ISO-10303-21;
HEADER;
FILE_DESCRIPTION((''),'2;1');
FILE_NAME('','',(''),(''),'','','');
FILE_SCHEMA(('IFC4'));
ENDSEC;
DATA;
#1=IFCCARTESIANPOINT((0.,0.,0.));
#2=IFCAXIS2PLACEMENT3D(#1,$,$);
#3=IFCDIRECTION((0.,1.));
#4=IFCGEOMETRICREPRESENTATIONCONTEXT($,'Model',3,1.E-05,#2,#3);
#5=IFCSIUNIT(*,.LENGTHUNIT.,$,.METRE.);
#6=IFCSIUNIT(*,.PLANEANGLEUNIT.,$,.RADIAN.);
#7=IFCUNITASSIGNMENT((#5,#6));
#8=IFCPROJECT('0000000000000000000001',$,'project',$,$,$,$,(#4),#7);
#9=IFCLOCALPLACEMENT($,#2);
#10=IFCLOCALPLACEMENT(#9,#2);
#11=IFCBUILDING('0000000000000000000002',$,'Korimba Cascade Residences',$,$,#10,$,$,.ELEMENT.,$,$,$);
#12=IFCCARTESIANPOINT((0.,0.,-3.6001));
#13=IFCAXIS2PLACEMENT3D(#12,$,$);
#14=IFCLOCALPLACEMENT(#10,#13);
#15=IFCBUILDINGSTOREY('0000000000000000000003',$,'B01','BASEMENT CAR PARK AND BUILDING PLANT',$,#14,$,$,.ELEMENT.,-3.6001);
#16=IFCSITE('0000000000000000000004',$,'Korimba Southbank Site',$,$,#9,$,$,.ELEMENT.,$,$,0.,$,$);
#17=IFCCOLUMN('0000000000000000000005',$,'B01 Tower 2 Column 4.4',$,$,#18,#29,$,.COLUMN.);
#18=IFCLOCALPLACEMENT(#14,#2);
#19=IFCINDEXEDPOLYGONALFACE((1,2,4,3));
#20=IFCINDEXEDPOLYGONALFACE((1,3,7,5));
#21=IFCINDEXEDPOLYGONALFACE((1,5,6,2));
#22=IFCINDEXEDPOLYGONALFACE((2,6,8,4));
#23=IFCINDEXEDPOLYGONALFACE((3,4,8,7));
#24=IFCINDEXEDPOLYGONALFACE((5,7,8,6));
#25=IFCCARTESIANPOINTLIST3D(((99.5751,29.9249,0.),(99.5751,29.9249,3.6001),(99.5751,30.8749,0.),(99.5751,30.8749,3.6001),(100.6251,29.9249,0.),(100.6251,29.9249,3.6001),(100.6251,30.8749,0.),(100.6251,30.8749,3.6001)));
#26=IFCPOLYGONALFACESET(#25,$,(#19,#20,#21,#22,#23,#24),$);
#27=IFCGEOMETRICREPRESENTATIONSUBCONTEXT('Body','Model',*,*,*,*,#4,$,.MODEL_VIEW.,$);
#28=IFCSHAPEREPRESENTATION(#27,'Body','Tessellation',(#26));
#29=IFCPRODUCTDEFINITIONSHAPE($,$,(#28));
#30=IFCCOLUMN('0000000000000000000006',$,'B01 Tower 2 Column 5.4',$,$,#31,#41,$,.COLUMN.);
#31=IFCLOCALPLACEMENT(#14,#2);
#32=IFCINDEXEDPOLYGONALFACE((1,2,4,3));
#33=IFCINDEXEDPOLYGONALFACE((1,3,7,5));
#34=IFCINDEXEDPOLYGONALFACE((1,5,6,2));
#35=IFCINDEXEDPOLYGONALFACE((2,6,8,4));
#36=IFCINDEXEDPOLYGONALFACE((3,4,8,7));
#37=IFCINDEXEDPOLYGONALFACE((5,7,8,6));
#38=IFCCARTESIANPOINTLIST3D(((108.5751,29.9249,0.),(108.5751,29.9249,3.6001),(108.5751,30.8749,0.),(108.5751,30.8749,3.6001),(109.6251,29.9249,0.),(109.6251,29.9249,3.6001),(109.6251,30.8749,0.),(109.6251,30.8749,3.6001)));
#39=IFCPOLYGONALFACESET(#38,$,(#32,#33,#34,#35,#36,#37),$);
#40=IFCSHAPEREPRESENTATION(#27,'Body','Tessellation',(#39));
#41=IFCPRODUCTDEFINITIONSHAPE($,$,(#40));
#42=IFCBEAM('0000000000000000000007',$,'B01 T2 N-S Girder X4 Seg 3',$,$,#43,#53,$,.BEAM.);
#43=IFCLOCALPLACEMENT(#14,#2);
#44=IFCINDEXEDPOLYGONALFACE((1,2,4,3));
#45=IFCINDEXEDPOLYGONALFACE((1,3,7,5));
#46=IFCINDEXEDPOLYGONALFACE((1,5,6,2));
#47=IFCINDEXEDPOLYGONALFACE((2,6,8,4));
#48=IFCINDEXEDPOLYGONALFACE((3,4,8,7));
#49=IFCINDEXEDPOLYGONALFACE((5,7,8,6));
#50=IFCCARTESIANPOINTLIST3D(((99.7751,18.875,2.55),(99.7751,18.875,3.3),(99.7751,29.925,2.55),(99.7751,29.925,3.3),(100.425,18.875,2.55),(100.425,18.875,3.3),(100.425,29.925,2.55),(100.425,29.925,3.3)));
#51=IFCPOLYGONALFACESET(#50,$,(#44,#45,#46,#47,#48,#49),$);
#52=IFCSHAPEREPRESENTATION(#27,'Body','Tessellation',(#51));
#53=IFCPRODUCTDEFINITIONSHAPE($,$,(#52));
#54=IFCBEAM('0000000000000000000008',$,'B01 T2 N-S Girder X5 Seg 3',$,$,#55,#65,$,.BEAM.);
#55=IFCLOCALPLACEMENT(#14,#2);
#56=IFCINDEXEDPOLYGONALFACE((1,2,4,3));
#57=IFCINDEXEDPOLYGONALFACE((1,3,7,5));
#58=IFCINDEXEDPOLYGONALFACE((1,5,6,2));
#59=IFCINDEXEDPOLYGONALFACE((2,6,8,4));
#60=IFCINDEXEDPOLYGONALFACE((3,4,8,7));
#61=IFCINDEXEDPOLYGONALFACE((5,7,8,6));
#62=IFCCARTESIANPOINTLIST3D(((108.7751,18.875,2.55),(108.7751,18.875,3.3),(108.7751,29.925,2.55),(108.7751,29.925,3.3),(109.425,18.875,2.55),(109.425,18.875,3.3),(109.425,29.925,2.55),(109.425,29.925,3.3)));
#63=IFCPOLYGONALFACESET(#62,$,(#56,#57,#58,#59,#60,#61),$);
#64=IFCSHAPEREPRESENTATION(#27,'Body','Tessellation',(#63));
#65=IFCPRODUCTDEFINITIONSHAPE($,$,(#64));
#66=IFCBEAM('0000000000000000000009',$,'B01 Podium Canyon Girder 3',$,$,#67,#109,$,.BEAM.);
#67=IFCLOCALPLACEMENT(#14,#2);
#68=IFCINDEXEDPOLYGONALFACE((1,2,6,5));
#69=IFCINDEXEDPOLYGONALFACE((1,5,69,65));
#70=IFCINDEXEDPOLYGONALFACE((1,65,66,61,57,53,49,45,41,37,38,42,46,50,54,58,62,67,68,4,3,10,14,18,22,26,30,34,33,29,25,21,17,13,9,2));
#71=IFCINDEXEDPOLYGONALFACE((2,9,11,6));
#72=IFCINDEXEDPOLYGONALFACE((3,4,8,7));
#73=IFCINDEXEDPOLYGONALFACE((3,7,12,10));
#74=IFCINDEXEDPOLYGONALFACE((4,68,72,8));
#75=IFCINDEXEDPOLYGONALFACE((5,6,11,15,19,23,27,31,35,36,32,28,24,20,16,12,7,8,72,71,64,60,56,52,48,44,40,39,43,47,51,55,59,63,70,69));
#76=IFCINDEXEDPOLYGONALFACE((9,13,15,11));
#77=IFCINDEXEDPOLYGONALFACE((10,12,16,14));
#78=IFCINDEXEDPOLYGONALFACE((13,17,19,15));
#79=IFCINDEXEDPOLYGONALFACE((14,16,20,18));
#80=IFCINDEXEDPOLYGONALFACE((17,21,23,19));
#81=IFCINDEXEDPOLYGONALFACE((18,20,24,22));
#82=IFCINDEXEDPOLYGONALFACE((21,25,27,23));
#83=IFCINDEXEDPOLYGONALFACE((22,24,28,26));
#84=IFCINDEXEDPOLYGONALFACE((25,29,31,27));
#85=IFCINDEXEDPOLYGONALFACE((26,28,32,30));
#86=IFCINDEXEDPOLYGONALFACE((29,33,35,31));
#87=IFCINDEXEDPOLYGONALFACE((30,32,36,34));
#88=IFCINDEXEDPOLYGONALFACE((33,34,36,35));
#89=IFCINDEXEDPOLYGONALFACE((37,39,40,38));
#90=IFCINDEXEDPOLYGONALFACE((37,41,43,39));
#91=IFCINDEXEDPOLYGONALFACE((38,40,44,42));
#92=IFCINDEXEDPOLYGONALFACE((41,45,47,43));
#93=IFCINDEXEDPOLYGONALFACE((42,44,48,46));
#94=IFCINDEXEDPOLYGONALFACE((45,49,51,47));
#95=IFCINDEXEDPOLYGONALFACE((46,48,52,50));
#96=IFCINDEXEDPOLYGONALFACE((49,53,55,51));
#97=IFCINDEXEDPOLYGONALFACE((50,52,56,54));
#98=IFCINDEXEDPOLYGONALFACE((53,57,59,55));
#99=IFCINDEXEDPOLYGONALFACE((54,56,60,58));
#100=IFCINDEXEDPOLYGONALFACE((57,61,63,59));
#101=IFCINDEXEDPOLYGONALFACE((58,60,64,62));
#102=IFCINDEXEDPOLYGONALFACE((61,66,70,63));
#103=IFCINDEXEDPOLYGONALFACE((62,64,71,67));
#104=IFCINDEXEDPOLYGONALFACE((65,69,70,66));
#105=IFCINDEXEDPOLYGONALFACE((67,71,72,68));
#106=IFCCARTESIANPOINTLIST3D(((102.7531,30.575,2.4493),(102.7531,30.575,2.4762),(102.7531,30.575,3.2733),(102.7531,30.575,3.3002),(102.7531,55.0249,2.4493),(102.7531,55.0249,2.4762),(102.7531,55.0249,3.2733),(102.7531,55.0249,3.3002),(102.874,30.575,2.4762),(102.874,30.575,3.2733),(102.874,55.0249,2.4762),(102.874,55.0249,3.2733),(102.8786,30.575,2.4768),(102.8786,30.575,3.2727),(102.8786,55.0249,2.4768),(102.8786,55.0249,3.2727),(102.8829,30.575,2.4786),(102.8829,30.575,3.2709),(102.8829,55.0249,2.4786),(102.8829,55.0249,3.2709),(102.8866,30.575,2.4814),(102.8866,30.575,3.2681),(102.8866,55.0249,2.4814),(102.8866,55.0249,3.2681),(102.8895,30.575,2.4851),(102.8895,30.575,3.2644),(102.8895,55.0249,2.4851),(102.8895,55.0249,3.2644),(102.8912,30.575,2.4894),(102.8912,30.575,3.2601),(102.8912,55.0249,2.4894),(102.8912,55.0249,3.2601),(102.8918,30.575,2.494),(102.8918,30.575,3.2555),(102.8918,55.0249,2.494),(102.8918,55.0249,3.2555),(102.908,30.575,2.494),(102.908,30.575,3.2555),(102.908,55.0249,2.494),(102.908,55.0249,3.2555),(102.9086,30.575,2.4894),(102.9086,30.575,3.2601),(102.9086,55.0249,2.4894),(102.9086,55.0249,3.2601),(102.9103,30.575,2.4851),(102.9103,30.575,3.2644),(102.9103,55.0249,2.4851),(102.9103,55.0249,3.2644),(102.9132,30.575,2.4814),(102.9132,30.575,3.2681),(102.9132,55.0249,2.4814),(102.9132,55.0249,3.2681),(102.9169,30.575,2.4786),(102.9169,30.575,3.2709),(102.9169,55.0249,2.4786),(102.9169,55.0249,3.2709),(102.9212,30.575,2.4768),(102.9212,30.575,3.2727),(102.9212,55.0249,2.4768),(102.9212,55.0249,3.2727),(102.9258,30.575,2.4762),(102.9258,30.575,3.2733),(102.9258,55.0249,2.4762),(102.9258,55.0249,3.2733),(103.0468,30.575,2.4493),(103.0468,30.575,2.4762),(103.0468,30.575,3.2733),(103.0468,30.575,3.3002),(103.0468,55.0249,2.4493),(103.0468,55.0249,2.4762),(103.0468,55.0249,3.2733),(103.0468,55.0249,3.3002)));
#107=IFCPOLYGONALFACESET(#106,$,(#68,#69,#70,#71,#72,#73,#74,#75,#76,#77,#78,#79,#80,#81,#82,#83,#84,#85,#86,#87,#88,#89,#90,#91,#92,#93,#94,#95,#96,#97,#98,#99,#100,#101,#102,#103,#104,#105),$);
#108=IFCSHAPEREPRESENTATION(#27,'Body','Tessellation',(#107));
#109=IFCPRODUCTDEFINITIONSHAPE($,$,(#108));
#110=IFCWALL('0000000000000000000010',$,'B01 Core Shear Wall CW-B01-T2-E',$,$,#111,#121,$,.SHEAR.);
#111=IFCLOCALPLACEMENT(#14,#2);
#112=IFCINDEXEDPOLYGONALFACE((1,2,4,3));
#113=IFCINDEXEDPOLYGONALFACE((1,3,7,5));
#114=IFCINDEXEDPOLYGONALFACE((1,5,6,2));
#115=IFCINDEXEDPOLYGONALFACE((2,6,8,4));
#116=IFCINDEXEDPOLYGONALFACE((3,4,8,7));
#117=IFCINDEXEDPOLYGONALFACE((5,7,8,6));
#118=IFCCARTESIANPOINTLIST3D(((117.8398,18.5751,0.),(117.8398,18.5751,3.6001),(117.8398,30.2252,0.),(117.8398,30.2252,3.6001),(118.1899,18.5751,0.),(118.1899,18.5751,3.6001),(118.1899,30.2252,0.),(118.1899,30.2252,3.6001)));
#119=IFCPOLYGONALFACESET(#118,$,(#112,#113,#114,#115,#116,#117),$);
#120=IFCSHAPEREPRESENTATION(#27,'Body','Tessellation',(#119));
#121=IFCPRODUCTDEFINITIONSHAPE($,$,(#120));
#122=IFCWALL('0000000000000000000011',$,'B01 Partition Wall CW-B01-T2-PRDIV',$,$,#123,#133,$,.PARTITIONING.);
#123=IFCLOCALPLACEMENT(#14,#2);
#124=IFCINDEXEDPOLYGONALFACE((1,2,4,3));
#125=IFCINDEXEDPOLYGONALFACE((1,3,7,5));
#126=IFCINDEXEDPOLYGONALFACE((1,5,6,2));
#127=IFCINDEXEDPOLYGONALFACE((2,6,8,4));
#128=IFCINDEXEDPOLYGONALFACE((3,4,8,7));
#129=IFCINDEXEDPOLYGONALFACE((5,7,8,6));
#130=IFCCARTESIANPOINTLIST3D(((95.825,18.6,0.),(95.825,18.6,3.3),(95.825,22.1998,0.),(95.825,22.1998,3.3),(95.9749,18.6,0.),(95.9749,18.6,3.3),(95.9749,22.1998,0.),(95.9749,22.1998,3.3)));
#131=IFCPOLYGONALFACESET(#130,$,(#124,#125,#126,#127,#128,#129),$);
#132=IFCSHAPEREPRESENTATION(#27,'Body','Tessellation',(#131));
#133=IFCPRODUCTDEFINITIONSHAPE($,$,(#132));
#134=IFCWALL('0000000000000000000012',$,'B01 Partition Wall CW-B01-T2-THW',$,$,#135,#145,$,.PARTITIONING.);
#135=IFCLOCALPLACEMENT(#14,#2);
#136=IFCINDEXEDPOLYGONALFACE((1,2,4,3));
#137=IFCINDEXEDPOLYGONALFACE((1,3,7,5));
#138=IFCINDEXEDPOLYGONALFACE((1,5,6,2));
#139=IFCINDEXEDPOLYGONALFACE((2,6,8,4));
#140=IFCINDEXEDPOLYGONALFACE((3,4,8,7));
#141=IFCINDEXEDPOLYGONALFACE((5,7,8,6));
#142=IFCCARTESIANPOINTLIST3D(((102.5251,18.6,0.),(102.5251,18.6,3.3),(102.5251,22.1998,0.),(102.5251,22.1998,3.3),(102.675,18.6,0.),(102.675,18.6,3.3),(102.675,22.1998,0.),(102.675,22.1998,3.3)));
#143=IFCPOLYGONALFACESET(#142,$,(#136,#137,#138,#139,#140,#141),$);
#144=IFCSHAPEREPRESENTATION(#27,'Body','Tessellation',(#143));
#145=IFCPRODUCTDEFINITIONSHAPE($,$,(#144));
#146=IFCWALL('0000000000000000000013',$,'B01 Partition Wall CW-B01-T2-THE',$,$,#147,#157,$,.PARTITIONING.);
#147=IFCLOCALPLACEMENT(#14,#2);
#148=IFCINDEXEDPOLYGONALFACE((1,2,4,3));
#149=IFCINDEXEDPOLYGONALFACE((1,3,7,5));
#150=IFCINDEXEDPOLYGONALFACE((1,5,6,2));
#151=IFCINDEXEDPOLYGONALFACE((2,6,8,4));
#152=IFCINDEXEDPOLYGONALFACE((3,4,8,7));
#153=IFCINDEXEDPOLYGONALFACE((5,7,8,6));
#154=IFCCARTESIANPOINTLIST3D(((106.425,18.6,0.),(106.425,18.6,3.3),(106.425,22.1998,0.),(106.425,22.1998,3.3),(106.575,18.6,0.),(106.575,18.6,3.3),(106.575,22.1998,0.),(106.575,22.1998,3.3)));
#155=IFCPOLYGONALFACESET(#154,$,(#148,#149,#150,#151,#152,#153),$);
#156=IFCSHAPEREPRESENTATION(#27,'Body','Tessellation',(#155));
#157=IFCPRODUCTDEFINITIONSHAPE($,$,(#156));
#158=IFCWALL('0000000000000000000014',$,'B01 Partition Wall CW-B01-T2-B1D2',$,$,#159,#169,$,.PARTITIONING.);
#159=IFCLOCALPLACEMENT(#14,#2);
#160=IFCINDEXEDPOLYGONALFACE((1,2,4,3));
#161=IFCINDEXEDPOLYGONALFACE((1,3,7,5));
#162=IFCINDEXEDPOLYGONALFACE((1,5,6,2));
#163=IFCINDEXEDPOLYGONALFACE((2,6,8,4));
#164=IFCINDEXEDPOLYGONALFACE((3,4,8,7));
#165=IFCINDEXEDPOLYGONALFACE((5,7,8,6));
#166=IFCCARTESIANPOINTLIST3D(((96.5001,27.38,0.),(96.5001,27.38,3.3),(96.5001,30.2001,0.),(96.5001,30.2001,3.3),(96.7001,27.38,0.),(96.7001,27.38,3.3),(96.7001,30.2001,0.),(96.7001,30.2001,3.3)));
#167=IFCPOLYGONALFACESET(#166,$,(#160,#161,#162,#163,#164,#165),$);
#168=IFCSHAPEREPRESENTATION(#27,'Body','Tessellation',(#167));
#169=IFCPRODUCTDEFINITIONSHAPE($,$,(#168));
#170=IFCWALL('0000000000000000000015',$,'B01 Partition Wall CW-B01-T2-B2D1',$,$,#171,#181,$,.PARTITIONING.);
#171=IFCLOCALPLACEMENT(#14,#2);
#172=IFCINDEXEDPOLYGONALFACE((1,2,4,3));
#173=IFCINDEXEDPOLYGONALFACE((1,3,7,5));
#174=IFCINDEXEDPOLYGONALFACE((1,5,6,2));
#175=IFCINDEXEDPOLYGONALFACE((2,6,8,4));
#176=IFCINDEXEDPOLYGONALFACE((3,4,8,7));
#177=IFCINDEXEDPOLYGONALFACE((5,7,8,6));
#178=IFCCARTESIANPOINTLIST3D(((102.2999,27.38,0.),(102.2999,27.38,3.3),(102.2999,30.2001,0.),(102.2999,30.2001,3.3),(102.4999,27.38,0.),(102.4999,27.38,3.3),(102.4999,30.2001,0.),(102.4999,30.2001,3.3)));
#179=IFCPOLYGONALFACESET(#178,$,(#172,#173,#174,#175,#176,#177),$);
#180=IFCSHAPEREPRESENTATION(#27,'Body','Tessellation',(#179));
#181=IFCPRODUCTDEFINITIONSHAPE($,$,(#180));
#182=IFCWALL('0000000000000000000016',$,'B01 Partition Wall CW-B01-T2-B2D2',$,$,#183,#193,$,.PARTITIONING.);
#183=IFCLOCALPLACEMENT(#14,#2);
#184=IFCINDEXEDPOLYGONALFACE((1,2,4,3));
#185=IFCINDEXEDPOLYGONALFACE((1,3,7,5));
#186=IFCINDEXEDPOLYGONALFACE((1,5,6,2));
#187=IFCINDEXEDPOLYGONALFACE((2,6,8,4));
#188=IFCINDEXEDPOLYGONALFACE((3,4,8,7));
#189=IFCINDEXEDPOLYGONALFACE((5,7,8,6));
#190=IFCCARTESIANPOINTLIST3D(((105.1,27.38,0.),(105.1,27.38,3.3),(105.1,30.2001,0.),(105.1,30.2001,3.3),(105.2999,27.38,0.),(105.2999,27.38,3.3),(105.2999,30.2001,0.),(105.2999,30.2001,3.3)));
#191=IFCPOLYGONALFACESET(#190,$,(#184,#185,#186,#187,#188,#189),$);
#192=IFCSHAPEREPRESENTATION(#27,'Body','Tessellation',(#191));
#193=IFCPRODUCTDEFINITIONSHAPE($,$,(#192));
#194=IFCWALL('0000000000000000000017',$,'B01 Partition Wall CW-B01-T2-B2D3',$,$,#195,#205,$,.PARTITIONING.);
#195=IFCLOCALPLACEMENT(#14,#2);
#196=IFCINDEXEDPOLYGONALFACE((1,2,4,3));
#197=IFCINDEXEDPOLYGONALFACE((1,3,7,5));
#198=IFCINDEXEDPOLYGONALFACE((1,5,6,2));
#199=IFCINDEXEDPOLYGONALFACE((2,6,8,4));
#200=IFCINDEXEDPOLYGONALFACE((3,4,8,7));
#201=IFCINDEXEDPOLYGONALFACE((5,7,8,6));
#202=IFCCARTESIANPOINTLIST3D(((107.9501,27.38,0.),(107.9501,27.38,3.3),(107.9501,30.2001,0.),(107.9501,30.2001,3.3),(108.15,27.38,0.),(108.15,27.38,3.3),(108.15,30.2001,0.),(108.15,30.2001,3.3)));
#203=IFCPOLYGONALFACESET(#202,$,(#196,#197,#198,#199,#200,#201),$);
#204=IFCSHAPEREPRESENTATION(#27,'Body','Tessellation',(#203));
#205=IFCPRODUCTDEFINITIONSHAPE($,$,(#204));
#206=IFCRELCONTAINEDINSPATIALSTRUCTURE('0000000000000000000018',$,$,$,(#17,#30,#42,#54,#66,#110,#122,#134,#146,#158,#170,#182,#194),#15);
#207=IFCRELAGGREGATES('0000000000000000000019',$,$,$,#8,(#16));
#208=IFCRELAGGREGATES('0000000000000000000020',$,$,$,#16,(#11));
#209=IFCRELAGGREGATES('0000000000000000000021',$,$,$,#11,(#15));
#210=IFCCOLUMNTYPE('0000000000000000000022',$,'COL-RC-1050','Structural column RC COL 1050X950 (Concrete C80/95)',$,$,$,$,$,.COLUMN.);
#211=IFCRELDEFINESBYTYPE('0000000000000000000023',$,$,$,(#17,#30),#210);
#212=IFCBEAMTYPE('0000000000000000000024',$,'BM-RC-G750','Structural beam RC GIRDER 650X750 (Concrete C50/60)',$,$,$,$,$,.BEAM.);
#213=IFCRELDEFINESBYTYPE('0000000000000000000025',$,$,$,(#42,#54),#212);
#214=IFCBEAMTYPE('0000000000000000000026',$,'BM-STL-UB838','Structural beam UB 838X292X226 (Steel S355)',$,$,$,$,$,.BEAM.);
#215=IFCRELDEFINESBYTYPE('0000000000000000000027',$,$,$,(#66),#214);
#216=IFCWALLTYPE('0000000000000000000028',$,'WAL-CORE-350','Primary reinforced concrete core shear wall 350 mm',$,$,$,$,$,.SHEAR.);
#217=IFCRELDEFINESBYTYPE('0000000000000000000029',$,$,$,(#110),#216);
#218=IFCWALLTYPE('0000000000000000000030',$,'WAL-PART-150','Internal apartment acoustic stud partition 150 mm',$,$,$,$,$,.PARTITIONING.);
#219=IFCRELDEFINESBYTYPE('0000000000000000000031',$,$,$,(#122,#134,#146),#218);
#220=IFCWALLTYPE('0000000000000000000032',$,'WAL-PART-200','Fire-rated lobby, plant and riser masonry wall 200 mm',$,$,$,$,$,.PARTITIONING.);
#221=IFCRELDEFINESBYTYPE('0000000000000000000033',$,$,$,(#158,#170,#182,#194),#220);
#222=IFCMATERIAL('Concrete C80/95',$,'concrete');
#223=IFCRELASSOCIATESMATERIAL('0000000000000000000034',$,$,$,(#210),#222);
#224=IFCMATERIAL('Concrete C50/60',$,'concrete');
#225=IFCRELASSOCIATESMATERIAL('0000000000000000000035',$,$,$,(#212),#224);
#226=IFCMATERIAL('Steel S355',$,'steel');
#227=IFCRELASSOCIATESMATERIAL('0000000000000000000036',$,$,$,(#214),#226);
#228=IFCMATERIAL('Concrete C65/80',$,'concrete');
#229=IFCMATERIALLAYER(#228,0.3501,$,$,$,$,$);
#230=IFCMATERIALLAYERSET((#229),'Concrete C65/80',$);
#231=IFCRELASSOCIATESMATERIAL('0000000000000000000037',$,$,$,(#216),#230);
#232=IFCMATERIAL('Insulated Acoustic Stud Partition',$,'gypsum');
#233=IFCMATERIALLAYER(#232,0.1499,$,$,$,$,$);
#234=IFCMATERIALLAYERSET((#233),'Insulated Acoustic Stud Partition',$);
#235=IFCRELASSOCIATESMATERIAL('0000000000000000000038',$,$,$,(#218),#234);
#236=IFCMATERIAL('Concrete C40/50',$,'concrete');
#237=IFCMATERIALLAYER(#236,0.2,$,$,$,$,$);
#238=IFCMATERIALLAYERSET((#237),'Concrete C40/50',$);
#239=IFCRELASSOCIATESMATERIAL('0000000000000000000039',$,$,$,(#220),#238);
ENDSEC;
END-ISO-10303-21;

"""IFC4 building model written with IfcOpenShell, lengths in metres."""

from ifc_helpers import new_model, si_unit, direction, frame, frame_2d, origin, origin_2d, place, context, subcontext, project, spatial, rectangle, i_section, extrude, material, layer, layer_set, material_profile, profile_set, type_object, element, save


model = new_model("IFC4")

# Units and contexts
model_context = context("Model", 3, precision=1e-05, world=origin(), true_north=direction((0.0, 1.0)))
body_context = subcontext(model_context, "Body", "Model", "MODEL_VIEW")
ifc_project = project(units=[si_unit("LENGTHUNIT", "METRE"), si_unit("PLANEANGLEUNIT", "RADIAN")], contexts=[model_context])

# Site, building, storey
site_placement = place(None, origin())
site = spatial("IfcSite", under=ifc_project, at=site_placement, Name="Korimba Southbank Site", CompositionType="ELEMENT", RefElevation=0.0)
building_placement = place(site_placement, origin())
building = spatial("IfcBuilding", under=site, at=building_placement, Name="Korimba Cascade Residences", CompositionType="ELEMENT")
storey_placement = place(building_placement, frame((0.0, 0.0, -3.6001)))
storey = spatial("IfcBuildingStorey", under=building, at=storey_placement, Name="B01", Description="BASEMENT CAR PARK AND BUILDING PLANT", CompositionType="ELEMENT", Elevation=-3.6001)

# Columns
ifc_material_1 = material(Name="Concrete C80/95", Category="concrete")
ifc_material_profile_1 = material_profile(ifc_material_1, rectangle(XDim=1.05, YDim=0.95, at=origin_2d()), Name="Concrete C80/95")
ifc_profile_set_1 = profile_set([ifc_material_profile_1], Name="Concrete C80/95")
column_type = type_object("IfcColumnType", Name="COL-RC-1050", Description="Structural column RC COL 1050X950 (Concrete C80/95)", PredefinedType="COLUMN", material=ifc_profile_set_1)
for number, where, z_axis, x_axis, name in (
    (1, (100.1001, 30.3999, 0.0), (0.0, 0.0, 1.0), (1.0, 0.0, 0.0), "B01 Tower 2 Column 4.4"),
    (2, (109.1001, 30.3999, 0.0), (0.0, 0.0, 1.0), (1.0, 0.0, 0.0), "B01 Tower 2 Column 5.4"),
):
    element("IfcColumn", number, at=place(storey_placement, frame(where, z_axis=z_axis, x_axis=x_axis)), inside=storey, type_object=column_type, Name=name, PredefinedType="COLUMN", context=body_context, shape_type="SweptSolid", body=[
        extrude(rectangle(XDim=1.05, YDim=0.95, at=origin_2d()), origin(), (0.0, 0.0, 1.0), 3.6001),
    ])

# Beams
ifc_material_2 = material(Name="Concrete C50/60", Category="concrete")
ifc_material_profile_2 = material_profile(ifc_material_2, rectangle(XDim=0.6499, YDim=0.75, at=origin_2d()), Name="Concrete C50/60")
ifc_profile_set_2 = profile_set([ifc_material_profile_2], Name="Concrete C50/60")
beam_type_1 = type_object("IfcBeamType", Name="BM-RC-G750", Description="Structural beam RC GIRDER 650X750 (Concrete C50/60)", PredefinedType="BEAM", material=ifc_profile_set_2)
for number, where, z_axis, x_axis, name in (
    (3, (100.1001, 18.875, 2.925), (0.0, 1.0, 0.0), (-1.0, 0.0, 0.0), "B01 T2 N-S Girder X4 Seg 3"),
    (4, (109.1001, 18.875, 2.925), (0.0, 1.0, 0.0), (-1.0, 0.0, 0.0), "B01 T2 N-S Girder X5 Seg 3"),
):
    element("IfcBeam", number, at=place(storey_placement, frame(where, z_axis=z_axis, x_axis=x_axis)), inside=storey, type_object=beam_type_1, Name=name, PredefinedType="BEAM", context=body_context, shape_type="SweptSolid", body=[
        extrude(rectangle(XDim=0.6499, YDim=0.75, at=origin_2d()), origin(), (0.0, 0.0, 1.0), 11.05),
    ])
ifc_material_3 = material(Name="Steel S355", Category="steel")
ifc_material_profile_3 = material_profile(ifc_material_3, i_section(OverallWidth=0.2937, OverallDepth=0.8508, WebThickness=0.0161, FlangeThickness=0.0269, FilletRadius=0.0178, at=origin_2d()), Name="Steel S355")
ifc_profile_set_3 = profile_set([ifc_material_profile_3], Name="Steel S355")
beam_type_2 = type_object("IfcBeamType", Name="BM-STL-UB838", Description="Structural beam UB 838X292X226 (Steel S355)", PredefinedType="BEAM", material=ifc_profile_set_3)
beam_placement = place(storey_placement, frame((102.8999, 30.575, 2.8748), z_axis=(0.0, 1.0, 0.0), x_axis=(-1.0, 0.0, 0.0)))
element("IfcBeam", 5, at=beam_placement, inside=storey, type_object=beam_type_2, Name="B01 Podium Canyon Girder 3", PredefinedType="BEAM", context=body_context, shape_type="SweptSolid", body=[
    extrude(i_section(OverallWidth=0.2937, OverallDepth=0.8508, WebThickness=0.0161, FlangeThickness=0.0269, FilletRadius=0.0178, at=origin_2d()), origin(), (0.0, 0.0, 1.0), 24.45),
])

# Walls
ifc_material_4 = material(Name="Concrete C65/80", Category="concrete")
ifc_layer_1 = layer(ifc_material_4, 0.3501)
ifc_layer_set_1 = layer_set([ifc_layer_1], Name="Concrete C65/80")
wall_type_1 = type_object("IfcWallType", Name="WAL-CORE-350", Description="Primary reinforced concrete core shear wall 350 mm", PredefinedType="SHEAR", material=ifc_layer_set_1)
wall_1_placement = place(storey_placement, frame((118.0149, 18.575, 0.0), z_axis=(0.0, 0.0, 1.0), x_axis=(0.0, 1.0, 0.0)))
element("IfcWall", 6, at=wall_1_placement, inside=storey, type_object=wall_type_1, Name="B01 Core Shear Wall CW-B01-T2-E", PredefinedType="SHEAR", context=body_context, shape_type="SweptSolid", body=[
    extrude(rectangle(XDim=11.6501, YDim=0.3501, at=frame_2d((5.8252, 0.0))), origin(), (0.0, 0.0, 1.0), 3.6001),
])
ifc_material_5 = material(Name="Insulated Acoustic Stud Partition", Category="gypsum")
ifc_layer_2 = layer(ifc_material_5, 0.1499)
ifc_layer_set_2 = layer_set([ifc_layer_2], Name="Insulated Acoustic Stud Partition")
wall_type_2 = type_object("IfcWallType", Name="WAL-PART-150", Description="Internal apartment acoustic stud partition 150 mm", PredefinedType="PARTITIONING", material=ifc_layer_set_2)
for number, where, z_axis, x_axis, name in (
    (7, (95.8999, 18.6001, 0.0), (0.0, 0.0, 1.0), (0.0, 1.0, 0.0), "B01 Partition Wall CW-B01-T2-PRDIV"),
    (8, (102.6001, 18.6001, 0.0), (0.0, 0.0, 1.0), (0.0, 1.0, 0.0), "B01 Partition Wall CW-B01-T2-THW"),
    (9, (106.5, 18.6001, 0.0), (0.0, 0.0, 1.0), (0.0, 1.0, 0.0), "B01 Partition Wall CW-B01-T2-THE"),
):
    element("IfcWall", number, at=place(storey_placement, frame(where, z_axis=z_axis, x_axis=x_axis)), inside=storey, type_object=wall_type_2, Name=name, PredefinedType="PARTITIONING", context=body_context, shape_type="SweptSolid", body=[
        extrude(rectangle(XDim=3.5999, YDim=0.1499, at=frame_2d((1.7998, 0.0))), origin(), (0.0, 0.0, 1.0), 3.3),
    ])
ifc_material_6 = material(Name="Concrete C40/50", Category="concrete")
ifc_layer_3 = layer(ifc_material_6, 0.2)
ifc_layer_set_3 = layer_set([ifc_layer_3], Name="Concrete C40/50")
wall_type_3 = type_object("IfcWallType", Name="WAL-PART-200", Description="Fire-rated lobby, plant and riser masonry wall 200 mm", PredefinedType="PARTITIONING", material=ifc_layer_set_3)
for number, where, z_axis, x_axis, name in (
    (10, (96.6001, 27.3799, 0.0), (0.0, 0.0, 1.0), (0.0, 1.0, 0.0), "B01 Partition Wall CW-B01-T2-B1D2"),
    (11, (102.3999, 27.3799, 0.0), (0.0, 0.0, 1.0), (0.0, 1.0, 0.0), "B01 Partition Wall CW-B01-T2-B2D1"),
    (12, (105.2, 27.3799, 0.0), (0.0, 0.0, 1.0), (0.0, 1.0, 0.0), "B01 Partition Wall CW-B01-T2-B2D2"),
    (13, (108.05, 27.3799, 0.0), (0.0, 0.0, 1.0), (0.0, 1.0, 0.0), "B01 Partition Wall CW-B01-T2-B2D3"),
):
    element("IfcWall", number, at=place(storey_placement, frame(where, z_axis=z_axis, x_axis=x_axis)), inside=storey, type_object=wall_type_3, Name=name, PredefinedType="PARTITIONING", context=body_context, shape_type="SweptSolid", body=[
        extrude(rectangle(XDim=2.8201, YDim=0.2, at=frame_2d((1.4102, 0.0))), origin(), (0.0, 0.0, 1.0), 3.3),
    ])

save(model, "model.ifc")
